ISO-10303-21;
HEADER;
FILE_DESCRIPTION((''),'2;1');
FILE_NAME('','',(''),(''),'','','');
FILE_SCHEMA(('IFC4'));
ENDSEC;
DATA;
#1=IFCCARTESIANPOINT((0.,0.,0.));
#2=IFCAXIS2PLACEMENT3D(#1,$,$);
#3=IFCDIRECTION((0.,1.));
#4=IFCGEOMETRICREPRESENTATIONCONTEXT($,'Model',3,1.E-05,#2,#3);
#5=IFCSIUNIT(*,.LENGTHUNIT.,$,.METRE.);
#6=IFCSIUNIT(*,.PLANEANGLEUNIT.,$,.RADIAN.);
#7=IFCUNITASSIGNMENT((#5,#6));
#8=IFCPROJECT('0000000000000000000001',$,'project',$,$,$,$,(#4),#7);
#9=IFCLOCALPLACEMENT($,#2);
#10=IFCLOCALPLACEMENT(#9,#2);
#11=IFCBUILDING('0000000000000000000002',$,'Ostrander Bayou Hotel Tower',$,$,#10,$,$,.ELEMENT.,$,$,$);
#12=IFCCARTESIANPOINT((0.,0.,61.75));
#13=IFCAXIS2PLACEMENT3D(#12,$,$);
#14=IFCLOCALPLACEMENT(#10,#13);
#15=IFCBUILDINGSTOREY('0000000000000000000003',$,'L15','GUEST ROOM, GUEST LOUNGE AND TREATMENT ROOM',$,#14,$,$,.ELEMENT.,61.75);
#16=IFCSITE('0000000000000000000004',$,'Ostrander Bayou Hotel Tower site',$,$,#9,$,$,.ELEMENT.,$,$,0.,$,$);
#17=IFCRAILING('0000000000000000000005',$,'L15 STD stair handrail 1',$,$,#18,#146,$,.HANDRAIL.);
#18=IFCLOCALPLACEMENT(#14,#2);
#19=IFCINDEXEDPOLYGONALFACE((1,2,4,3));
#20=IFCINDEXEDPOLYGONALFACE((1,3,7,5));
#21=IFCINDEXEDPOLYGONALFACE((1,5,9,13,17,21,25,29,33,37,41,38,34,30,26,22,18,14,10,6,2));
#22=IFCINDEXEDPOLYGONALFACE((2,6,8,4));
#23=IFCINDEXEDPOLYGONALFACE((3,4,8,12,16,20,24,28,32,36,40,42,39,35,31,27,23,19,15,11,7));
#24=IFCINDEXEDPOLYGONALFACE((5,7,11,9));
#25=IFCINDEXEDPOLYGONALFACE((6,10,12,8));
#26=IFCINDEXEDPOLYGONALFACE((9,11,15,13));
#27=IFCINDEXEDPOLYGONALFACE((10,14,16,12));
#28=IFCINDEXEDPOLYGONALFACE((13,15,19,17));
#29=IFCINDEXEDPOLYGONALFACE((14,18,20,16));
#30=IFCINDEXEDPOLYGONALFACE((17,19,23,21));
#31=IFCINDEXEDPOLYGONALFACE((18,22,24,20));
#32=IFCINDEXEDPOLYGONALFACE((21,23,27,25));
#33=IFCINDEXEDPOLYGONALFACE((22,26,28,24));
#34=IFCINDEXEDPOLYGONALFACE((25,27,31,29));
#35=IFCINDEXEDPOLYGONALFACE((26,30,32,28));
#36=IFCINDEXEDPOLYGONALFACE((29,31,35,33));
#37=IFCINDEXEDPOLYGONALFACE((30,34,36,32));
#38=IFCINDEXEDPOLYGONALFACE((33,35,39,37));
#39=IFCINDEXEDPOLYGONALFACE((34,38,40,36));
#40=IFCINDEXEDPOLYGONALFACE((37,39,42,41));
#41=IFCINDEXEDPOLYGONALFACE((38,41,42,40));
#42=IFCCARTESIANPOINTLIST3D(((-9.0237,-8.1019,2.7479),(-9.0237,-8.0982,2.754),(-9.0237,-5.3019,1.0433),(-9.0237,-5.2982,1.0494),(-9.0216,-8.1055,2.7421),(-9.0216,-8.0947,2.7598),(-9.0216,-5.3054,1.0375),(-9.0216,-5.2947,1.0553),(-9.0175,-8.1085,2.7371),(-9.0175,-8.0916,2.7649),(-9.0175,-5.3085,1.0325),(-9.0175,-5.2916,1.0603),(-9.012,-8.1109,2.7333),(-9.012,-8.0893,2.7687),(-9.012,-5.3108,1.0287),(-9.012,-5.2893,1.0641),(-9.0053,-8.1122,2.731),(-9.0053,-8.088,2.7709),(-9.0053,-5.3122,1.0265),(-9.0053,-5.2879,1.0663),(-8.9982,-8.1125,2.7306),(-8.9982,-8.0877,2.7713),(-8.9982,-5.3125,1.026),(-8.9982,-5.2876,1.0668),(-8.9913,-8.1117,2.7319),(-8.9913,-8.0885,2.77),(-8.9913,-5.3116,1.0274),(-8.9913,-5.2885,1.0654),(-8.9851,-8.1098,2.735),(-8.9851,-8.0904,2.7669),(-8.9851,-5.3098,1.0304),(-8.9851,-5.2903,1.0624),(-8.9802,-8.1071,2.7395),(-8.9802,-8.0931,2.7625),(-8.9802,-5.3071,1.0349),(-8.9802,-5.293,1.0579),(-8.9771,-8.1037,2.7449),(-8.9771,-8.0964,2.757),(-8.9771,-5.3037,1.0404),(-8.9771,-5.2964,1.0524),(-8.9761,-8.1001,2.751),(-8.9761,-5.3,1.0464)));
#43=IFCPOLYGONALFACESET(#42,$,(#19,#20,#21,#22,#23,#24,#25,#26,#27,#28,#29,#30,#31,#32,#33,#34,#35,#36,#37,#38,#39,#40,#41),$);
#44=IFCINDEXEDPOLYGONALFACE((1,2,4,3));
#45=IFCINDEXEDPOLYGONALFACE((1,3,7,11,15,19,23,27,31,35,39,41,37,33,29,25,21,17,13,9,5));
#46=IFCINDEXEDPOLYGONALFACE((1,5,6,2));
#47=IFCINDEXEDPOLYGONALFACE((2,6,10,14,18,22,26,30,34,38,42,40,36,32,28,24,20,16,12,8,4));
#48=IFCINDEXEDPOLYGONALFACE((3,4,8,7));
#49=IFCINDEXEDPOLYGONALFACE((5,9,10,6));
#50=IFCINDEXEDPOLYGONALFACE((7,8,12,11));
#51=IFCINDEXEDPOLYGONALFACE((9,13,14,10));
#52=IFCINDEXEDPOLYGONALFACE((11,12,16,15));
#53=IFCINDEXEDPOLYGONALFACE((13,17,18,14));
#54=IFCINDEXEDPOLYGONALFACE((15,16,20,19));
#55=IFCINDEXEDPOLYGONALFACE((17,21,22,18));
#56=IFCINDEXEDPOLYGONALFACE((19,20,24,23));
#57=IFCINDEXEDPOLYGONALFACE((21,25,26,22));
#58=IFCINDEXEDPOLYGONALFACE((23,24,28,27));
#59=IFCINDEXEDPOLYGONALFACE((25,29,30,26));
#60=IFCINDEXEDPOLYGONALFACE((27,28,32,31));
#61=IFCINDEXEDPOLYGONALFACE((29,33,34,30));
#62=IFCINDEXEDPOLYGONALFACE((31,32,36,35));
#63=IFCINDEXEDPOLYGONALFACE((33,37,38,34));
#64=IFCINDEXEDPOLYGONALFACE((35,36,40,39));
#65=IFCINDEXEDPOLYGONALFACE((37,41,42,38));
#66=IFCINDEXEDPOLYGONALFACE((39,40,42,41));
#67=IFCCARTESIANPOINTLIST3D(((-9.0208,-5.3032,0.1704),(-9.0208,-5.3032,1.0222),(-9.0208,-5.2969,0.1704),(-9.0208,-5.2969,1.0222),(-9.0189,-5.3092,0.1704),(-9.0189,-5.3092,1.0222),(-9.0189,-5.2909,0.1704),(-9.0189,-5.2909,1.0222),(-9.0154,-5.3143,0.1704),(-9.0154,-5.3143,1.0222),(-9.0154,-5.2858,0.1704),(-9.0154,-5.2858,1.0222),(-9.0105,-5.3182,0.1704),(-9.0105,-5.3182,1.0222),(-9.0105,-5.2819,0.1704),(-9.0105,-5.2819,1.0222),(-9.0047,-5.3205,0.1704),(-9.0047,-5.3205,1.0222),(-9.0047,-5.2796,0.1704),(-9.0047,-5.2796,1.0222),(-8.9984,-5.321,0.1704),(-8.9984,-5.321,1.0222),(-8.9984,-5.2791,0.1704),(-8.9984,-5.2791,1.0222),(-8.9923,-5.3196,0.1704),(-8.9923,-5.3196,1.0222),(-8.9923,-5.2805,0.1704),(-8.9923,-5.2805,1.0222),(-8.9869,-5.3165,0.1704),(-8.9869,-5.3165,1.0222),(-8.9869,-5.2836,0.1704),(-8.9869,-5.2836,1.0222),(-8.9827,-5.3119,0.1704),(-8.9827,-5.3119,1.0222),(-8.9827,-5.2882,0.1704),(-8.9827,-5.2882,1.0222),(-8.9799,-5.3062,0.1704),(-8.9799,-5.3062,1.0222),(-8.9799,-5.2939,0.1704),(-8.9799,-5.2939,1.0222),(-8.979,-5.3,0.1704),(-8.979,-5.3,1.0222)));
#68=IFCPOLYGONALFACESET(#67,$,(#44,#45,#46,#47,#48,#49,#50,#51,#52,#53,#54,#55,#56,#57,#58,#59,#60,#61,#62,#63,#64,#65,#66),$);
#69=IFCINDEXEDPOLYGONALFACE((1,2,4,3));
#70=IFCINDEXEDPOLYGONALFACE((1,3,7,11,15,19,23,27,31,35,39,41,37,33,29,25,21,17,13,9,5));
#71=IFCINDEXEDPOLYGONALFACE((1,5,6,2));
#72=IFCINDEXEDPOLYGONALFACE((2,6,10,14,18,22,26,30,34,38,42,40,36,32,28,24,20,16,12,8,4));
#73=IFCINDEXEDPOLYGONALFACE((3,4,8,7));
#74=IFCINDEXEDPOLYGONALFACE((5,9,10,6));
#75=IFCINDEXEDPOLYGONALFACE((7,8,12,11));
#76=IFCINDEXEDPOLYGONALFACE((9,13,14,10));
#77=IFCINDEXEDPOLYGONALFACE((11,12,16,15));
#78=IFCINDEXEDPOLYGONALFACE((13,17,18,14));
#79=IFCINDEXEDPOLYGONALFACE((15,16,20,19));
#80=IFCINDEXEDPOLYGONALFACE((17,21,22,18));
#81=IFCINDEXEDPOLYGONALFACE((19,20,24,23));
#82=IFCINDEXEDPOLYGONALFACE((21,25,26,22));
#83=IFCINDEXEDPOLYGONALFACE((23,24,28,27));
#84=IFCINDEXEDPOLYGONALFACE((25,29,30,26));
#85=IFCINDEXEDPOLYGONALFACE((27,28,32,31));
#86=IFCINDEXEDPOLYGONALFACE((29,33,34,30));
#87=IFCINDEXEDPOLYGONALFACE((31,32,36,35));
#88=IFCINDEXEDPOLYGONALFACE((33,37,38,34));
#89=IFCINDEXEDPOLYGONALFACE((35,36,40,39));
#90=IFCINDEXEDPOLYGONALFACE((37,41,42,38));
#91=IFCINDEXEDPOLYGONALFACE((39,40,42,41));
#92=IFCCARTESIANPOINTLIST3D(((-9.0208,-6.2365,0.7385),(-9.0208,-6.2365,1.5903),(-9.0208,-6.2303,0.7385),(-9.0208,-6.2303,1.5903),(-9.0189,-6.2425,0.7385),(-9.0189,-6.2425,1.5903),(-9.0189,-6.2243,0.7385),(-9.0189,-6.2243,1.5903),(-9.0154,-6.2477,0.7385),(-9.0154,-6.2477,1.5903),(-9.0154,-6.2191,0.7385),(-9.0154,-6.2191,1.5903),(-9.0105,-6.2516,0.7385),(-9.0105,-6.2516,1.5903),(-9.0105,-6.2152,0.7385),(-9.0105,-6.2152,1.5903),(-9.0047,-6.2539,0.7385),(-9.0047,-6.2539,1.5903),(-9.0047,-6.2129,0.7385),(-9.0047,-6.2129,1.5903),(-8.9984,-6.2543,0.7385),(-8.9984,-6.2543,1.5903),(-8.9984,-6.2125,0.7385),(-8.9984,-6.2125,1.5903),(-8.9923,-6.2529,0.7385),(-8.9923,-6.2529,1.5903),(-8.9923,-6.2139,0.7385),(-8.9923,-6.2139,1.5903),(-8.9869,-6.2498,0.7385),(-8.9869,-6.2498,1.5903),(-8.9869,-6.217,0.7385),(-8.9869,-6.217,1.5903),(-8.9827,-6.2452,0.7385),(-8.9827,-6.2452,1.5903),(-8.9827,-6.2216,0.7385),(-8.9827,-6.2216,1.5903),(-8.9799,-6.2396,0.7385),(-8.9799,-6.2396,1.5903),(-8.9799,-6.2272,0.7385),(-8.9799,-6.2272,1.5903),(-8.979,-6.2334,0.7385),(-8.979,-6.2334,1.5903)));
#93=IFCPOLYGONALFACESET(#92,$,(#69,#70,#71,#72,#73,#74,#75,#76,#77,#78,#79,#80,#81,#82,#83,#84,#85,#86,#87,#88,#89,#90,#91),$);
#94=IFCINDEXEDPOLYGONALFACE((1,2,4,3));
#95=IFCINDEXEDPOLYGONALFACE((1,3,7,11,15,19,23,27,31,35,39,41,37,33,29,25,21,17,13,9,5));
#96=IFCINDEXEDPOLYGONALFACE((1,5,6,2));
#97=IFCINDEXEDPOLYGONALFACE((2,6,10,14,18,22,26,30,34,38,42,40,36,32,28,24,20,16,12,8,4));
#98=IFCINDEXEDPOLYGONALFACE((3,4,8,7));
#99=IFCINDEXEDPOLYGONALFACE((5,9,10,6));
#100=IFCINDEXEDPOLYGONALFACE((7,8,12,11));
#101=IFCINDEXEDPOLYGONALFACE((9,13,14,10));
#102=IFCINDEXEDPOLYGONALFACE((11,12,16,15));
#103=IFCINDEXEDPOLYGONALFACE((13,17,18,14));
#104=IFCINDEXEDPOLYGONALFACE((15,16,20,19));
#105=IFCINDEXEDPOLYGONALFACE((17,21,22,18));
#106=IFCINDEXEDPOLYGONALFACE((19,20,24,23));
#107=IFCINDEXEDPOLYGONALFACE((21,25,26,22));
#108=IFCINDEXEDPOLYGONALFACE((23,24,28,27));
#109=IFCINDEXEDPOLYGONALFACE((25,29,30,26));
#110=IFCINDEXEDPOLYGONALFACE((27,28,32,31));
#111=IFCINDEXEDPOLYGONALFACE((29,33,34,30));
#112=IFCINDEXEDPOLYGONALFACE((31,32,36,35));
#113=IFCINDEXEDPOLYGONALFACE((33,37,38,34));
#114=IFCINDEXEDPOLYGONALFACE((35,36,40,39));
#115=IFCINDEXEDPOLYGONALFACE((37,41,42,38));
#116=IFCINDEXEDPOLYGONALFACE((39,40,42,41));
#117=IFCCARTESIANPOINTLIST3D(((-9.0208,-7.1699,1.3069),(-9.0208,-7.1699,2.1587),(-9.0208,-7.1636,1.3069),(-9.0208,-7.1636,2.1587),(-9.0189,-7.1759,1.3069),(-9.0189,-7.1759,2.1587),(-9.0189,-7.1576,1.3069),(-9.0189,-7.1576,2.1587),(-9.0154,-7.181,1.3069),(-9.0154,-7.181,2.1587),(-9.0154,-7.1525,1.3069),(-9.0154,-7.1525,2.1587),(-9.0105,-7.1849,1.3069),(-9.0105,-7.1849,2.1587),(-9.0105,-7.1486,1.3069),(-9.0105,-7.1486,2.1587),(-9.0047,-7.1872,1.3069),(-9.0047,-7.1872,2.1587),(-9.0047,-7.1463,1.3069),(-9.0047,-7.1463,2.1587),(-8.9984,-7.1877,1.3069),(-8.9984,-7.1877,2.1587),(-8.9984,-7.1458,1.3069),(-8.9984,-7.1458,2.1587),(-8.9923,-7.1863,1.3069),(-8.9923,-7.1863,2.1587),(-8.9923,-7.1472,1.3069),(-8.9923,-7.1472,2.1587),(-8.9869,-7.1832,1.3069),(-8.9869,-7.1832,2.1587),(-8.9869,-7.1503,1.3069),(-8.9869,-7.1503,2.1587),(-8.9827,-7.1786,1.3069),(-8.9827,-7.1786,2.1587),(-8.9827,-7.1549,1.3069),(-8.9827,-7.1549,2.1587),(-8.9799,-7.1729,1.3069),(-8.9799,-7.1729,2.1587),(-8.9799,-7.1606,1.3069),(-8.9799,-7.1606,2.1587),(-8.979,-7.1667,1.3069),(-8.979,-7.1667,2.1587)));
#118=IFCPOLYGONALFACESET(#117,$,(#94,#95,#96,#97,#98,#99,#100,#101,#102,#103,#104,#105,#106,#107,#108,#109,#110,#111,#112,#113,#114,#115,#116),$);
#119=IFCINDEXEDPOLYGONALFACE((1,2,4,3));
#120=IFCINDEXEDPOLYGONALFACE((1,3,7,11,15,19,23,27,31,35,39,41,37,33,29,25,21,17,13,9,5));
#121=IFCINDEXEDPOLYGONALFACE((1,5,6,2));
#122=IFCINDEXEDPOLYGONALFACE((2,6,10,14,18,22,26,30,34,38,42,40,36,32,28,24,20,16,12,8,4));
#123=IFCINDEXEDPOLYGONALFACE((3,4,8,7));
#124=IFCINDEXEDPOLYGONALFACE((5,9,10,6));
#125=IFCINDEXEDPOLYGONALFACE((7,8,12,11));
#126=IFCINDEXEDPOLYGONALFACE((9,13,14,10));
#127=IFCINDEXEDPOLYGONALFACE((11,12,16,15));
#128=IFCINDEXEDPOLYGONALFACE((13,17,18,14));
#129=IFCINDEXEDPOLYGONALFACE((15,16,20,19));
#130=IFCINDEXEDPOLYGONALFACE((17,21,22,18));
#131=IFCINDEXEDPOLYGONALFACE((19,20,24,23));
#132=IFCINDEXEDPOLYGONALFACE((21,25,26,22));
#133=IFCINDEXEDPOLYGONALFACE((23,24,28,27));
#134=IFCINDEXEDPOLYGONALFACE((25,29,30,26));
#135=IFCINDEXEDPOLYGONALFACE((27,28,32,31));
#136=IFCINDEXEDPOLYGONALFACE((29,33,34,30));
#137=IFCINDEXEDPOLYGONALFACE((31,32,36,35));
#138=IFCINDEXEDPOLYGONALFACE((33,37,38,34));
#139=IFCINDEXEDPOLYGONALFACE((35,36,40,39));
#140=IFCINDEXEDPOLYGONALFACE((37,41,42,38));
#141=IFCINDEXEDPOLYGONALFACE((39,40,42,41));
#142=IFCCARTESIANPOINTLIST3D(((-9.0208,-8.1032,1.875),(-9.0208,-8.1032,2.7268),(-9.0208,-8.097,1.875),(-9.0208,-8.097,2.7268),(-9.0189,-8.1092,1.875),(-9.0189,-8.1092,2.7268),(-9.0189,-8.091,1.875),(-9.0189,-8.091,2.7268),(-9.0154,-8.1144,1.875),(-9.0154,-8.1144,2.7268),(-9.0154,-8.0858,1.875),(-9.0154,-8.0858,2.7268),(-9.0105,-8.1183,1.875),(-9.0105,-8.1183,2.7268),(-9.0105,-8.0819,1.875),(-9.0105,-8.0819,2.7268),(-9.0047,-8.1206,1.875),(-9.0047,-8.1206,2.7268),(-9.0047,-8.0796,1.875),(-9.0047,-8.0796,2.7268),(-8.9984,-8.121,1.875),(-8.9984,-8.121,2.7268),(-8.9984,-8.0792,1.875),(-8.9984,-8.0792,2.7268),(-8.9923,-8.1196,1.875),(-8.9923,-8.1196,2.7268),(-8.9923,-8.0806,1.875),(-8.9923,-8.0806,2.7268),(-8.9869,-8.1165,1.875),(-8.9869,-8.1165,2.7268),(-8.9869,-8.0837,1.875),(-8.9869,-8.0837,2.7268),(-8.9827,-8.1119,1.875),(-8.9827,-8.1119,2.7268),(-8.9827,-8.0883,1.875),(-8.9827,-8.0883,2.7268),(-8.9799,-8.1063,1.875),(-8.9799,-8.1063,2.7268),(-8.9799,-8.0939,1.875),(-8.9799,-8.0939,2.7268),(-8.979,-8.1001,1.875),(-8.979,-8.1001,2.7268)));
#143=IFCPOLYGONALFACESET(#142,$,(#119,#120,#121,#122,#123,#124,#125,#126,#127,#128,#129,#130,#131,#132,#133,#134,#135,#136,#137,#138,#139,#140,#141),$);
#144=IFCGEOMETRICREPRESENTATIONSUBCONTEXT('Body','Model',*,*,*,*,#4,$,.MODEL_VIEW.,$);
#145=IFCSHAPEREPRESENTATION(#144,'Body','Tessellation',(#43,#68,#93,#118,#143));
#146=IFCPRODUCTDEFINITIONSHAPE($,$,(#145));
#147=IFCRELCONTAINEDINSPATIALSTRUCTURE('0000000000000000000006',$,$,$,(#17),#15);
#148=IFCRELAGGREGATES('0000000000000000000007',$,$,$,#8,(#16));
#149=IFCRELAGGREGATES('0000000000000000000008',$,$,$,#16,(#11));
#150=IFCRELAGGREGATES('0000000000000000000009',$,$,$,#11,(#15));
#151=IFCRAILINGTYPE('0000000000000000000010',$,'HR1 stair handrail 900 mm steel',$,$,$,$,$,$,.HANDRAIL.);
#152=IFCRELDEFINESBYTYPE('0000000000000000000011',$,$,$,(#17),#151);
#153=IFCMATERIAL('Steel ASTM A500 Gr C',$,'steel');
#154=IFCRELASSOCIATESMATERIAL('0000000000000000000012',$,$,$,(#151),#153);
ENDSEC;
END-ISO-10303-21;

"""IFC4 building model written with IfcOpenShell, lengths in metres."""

from ifc_helpers import new_model, si_unit, direction, frame, origin, origin_2d, place, context, subcontext, project, spatial, circle, extrude, material, type_object, element, save


model = new_model("IFC4")

# Units and contexts
model_context = context("Model", 3, precision=1e-05, world=origin(), true_north=direction((0.0, 1.0)))
body_context = subcontext(model_context, "Body", "Model", "MODEL_VIEW")
ifc_project = project(units=[si_unit("LENGTHUNIT", "METRE"), si_unit("PLANEANGLEUNIT", "RADIAN")], contexts=[model_context])

# Site, building, storey
site_placement = place(None, origin())
site = spatial("IfcSite", under=ifc_project, at=site_placement, Name="Ostrander Bayou Hotel Tower site", CompositionType="ELEMENT", RefElevation=0.0)
building_placement = place(site_placement, origin())
building = spatial("IfcBuilding", under=site, at=building_placement, Name="Ostrander Bayou Hotel Tower", CompositionType="ELEMENT")
storey_placement = place(building_placement, frame((0.0, 0.0, 61.75)))
storey = spatial("IfcBuildingStorey", under=building, at=storey_placement, Name="L15", Description="GUEST ROOM, GUEST LOUNGE AND TREATMENT ROOM", CompositionType="ELEMENT", Elevation=61.75)

# Railing
ifc_material_1 = material(Name="Steel ASTM A500 Gr C", Category="steel")
railing_type_1 = type_object("IfcRailingType", Name="HR1 stair handrail 900 mm steel", PredefinedType="HANDRAIL", material=ifc_material_1)
railing_1_placement = place(storey_placement, frame((-9.0, -5.3, 0.1704)))
element("IfcRailing", 1, at=railing_1_placement, inside=storey, type_object=railing_type_1, Name="L15 STD stair handrail 1", PredefinedType="HANDRAIL", context=body_context, shape_type="SweptSolid", body=[
    extrude(circle(Radius=0.0239, at=origin_2d()), frame((0.0, 0.0, 0.876), z_axis=(0.0, -0.85417, 0.519994), x_axis=(1.0, 0.0, 0.0)), (0.0, 0.0, 1.0), 3.2781),
    extrude(circle(Radius=0.021, at=origin_2d()), origin(), (0.0, 0.0, 1.0), 0.8518),
    extrude(circle(Radius=0.021, at=origin_2d()), frame((0.0, -0.9333, 0.5681)), (0.0, 0.0, 1.0), 0.8518),
    extrude(circle(Radius=0.021, at=origin_2d()), frame((0.0, -1.8667, 1.1365)), (0.0, 0.0, 1.0), 0.8518),
    extrude(circle(Radius=0.021, at=origin_2d()), frame((0.0, -2.8, 1.7046)), (0.0, 0.0, 1.0), 0.8518),
])

save(model, "model.ifc")
